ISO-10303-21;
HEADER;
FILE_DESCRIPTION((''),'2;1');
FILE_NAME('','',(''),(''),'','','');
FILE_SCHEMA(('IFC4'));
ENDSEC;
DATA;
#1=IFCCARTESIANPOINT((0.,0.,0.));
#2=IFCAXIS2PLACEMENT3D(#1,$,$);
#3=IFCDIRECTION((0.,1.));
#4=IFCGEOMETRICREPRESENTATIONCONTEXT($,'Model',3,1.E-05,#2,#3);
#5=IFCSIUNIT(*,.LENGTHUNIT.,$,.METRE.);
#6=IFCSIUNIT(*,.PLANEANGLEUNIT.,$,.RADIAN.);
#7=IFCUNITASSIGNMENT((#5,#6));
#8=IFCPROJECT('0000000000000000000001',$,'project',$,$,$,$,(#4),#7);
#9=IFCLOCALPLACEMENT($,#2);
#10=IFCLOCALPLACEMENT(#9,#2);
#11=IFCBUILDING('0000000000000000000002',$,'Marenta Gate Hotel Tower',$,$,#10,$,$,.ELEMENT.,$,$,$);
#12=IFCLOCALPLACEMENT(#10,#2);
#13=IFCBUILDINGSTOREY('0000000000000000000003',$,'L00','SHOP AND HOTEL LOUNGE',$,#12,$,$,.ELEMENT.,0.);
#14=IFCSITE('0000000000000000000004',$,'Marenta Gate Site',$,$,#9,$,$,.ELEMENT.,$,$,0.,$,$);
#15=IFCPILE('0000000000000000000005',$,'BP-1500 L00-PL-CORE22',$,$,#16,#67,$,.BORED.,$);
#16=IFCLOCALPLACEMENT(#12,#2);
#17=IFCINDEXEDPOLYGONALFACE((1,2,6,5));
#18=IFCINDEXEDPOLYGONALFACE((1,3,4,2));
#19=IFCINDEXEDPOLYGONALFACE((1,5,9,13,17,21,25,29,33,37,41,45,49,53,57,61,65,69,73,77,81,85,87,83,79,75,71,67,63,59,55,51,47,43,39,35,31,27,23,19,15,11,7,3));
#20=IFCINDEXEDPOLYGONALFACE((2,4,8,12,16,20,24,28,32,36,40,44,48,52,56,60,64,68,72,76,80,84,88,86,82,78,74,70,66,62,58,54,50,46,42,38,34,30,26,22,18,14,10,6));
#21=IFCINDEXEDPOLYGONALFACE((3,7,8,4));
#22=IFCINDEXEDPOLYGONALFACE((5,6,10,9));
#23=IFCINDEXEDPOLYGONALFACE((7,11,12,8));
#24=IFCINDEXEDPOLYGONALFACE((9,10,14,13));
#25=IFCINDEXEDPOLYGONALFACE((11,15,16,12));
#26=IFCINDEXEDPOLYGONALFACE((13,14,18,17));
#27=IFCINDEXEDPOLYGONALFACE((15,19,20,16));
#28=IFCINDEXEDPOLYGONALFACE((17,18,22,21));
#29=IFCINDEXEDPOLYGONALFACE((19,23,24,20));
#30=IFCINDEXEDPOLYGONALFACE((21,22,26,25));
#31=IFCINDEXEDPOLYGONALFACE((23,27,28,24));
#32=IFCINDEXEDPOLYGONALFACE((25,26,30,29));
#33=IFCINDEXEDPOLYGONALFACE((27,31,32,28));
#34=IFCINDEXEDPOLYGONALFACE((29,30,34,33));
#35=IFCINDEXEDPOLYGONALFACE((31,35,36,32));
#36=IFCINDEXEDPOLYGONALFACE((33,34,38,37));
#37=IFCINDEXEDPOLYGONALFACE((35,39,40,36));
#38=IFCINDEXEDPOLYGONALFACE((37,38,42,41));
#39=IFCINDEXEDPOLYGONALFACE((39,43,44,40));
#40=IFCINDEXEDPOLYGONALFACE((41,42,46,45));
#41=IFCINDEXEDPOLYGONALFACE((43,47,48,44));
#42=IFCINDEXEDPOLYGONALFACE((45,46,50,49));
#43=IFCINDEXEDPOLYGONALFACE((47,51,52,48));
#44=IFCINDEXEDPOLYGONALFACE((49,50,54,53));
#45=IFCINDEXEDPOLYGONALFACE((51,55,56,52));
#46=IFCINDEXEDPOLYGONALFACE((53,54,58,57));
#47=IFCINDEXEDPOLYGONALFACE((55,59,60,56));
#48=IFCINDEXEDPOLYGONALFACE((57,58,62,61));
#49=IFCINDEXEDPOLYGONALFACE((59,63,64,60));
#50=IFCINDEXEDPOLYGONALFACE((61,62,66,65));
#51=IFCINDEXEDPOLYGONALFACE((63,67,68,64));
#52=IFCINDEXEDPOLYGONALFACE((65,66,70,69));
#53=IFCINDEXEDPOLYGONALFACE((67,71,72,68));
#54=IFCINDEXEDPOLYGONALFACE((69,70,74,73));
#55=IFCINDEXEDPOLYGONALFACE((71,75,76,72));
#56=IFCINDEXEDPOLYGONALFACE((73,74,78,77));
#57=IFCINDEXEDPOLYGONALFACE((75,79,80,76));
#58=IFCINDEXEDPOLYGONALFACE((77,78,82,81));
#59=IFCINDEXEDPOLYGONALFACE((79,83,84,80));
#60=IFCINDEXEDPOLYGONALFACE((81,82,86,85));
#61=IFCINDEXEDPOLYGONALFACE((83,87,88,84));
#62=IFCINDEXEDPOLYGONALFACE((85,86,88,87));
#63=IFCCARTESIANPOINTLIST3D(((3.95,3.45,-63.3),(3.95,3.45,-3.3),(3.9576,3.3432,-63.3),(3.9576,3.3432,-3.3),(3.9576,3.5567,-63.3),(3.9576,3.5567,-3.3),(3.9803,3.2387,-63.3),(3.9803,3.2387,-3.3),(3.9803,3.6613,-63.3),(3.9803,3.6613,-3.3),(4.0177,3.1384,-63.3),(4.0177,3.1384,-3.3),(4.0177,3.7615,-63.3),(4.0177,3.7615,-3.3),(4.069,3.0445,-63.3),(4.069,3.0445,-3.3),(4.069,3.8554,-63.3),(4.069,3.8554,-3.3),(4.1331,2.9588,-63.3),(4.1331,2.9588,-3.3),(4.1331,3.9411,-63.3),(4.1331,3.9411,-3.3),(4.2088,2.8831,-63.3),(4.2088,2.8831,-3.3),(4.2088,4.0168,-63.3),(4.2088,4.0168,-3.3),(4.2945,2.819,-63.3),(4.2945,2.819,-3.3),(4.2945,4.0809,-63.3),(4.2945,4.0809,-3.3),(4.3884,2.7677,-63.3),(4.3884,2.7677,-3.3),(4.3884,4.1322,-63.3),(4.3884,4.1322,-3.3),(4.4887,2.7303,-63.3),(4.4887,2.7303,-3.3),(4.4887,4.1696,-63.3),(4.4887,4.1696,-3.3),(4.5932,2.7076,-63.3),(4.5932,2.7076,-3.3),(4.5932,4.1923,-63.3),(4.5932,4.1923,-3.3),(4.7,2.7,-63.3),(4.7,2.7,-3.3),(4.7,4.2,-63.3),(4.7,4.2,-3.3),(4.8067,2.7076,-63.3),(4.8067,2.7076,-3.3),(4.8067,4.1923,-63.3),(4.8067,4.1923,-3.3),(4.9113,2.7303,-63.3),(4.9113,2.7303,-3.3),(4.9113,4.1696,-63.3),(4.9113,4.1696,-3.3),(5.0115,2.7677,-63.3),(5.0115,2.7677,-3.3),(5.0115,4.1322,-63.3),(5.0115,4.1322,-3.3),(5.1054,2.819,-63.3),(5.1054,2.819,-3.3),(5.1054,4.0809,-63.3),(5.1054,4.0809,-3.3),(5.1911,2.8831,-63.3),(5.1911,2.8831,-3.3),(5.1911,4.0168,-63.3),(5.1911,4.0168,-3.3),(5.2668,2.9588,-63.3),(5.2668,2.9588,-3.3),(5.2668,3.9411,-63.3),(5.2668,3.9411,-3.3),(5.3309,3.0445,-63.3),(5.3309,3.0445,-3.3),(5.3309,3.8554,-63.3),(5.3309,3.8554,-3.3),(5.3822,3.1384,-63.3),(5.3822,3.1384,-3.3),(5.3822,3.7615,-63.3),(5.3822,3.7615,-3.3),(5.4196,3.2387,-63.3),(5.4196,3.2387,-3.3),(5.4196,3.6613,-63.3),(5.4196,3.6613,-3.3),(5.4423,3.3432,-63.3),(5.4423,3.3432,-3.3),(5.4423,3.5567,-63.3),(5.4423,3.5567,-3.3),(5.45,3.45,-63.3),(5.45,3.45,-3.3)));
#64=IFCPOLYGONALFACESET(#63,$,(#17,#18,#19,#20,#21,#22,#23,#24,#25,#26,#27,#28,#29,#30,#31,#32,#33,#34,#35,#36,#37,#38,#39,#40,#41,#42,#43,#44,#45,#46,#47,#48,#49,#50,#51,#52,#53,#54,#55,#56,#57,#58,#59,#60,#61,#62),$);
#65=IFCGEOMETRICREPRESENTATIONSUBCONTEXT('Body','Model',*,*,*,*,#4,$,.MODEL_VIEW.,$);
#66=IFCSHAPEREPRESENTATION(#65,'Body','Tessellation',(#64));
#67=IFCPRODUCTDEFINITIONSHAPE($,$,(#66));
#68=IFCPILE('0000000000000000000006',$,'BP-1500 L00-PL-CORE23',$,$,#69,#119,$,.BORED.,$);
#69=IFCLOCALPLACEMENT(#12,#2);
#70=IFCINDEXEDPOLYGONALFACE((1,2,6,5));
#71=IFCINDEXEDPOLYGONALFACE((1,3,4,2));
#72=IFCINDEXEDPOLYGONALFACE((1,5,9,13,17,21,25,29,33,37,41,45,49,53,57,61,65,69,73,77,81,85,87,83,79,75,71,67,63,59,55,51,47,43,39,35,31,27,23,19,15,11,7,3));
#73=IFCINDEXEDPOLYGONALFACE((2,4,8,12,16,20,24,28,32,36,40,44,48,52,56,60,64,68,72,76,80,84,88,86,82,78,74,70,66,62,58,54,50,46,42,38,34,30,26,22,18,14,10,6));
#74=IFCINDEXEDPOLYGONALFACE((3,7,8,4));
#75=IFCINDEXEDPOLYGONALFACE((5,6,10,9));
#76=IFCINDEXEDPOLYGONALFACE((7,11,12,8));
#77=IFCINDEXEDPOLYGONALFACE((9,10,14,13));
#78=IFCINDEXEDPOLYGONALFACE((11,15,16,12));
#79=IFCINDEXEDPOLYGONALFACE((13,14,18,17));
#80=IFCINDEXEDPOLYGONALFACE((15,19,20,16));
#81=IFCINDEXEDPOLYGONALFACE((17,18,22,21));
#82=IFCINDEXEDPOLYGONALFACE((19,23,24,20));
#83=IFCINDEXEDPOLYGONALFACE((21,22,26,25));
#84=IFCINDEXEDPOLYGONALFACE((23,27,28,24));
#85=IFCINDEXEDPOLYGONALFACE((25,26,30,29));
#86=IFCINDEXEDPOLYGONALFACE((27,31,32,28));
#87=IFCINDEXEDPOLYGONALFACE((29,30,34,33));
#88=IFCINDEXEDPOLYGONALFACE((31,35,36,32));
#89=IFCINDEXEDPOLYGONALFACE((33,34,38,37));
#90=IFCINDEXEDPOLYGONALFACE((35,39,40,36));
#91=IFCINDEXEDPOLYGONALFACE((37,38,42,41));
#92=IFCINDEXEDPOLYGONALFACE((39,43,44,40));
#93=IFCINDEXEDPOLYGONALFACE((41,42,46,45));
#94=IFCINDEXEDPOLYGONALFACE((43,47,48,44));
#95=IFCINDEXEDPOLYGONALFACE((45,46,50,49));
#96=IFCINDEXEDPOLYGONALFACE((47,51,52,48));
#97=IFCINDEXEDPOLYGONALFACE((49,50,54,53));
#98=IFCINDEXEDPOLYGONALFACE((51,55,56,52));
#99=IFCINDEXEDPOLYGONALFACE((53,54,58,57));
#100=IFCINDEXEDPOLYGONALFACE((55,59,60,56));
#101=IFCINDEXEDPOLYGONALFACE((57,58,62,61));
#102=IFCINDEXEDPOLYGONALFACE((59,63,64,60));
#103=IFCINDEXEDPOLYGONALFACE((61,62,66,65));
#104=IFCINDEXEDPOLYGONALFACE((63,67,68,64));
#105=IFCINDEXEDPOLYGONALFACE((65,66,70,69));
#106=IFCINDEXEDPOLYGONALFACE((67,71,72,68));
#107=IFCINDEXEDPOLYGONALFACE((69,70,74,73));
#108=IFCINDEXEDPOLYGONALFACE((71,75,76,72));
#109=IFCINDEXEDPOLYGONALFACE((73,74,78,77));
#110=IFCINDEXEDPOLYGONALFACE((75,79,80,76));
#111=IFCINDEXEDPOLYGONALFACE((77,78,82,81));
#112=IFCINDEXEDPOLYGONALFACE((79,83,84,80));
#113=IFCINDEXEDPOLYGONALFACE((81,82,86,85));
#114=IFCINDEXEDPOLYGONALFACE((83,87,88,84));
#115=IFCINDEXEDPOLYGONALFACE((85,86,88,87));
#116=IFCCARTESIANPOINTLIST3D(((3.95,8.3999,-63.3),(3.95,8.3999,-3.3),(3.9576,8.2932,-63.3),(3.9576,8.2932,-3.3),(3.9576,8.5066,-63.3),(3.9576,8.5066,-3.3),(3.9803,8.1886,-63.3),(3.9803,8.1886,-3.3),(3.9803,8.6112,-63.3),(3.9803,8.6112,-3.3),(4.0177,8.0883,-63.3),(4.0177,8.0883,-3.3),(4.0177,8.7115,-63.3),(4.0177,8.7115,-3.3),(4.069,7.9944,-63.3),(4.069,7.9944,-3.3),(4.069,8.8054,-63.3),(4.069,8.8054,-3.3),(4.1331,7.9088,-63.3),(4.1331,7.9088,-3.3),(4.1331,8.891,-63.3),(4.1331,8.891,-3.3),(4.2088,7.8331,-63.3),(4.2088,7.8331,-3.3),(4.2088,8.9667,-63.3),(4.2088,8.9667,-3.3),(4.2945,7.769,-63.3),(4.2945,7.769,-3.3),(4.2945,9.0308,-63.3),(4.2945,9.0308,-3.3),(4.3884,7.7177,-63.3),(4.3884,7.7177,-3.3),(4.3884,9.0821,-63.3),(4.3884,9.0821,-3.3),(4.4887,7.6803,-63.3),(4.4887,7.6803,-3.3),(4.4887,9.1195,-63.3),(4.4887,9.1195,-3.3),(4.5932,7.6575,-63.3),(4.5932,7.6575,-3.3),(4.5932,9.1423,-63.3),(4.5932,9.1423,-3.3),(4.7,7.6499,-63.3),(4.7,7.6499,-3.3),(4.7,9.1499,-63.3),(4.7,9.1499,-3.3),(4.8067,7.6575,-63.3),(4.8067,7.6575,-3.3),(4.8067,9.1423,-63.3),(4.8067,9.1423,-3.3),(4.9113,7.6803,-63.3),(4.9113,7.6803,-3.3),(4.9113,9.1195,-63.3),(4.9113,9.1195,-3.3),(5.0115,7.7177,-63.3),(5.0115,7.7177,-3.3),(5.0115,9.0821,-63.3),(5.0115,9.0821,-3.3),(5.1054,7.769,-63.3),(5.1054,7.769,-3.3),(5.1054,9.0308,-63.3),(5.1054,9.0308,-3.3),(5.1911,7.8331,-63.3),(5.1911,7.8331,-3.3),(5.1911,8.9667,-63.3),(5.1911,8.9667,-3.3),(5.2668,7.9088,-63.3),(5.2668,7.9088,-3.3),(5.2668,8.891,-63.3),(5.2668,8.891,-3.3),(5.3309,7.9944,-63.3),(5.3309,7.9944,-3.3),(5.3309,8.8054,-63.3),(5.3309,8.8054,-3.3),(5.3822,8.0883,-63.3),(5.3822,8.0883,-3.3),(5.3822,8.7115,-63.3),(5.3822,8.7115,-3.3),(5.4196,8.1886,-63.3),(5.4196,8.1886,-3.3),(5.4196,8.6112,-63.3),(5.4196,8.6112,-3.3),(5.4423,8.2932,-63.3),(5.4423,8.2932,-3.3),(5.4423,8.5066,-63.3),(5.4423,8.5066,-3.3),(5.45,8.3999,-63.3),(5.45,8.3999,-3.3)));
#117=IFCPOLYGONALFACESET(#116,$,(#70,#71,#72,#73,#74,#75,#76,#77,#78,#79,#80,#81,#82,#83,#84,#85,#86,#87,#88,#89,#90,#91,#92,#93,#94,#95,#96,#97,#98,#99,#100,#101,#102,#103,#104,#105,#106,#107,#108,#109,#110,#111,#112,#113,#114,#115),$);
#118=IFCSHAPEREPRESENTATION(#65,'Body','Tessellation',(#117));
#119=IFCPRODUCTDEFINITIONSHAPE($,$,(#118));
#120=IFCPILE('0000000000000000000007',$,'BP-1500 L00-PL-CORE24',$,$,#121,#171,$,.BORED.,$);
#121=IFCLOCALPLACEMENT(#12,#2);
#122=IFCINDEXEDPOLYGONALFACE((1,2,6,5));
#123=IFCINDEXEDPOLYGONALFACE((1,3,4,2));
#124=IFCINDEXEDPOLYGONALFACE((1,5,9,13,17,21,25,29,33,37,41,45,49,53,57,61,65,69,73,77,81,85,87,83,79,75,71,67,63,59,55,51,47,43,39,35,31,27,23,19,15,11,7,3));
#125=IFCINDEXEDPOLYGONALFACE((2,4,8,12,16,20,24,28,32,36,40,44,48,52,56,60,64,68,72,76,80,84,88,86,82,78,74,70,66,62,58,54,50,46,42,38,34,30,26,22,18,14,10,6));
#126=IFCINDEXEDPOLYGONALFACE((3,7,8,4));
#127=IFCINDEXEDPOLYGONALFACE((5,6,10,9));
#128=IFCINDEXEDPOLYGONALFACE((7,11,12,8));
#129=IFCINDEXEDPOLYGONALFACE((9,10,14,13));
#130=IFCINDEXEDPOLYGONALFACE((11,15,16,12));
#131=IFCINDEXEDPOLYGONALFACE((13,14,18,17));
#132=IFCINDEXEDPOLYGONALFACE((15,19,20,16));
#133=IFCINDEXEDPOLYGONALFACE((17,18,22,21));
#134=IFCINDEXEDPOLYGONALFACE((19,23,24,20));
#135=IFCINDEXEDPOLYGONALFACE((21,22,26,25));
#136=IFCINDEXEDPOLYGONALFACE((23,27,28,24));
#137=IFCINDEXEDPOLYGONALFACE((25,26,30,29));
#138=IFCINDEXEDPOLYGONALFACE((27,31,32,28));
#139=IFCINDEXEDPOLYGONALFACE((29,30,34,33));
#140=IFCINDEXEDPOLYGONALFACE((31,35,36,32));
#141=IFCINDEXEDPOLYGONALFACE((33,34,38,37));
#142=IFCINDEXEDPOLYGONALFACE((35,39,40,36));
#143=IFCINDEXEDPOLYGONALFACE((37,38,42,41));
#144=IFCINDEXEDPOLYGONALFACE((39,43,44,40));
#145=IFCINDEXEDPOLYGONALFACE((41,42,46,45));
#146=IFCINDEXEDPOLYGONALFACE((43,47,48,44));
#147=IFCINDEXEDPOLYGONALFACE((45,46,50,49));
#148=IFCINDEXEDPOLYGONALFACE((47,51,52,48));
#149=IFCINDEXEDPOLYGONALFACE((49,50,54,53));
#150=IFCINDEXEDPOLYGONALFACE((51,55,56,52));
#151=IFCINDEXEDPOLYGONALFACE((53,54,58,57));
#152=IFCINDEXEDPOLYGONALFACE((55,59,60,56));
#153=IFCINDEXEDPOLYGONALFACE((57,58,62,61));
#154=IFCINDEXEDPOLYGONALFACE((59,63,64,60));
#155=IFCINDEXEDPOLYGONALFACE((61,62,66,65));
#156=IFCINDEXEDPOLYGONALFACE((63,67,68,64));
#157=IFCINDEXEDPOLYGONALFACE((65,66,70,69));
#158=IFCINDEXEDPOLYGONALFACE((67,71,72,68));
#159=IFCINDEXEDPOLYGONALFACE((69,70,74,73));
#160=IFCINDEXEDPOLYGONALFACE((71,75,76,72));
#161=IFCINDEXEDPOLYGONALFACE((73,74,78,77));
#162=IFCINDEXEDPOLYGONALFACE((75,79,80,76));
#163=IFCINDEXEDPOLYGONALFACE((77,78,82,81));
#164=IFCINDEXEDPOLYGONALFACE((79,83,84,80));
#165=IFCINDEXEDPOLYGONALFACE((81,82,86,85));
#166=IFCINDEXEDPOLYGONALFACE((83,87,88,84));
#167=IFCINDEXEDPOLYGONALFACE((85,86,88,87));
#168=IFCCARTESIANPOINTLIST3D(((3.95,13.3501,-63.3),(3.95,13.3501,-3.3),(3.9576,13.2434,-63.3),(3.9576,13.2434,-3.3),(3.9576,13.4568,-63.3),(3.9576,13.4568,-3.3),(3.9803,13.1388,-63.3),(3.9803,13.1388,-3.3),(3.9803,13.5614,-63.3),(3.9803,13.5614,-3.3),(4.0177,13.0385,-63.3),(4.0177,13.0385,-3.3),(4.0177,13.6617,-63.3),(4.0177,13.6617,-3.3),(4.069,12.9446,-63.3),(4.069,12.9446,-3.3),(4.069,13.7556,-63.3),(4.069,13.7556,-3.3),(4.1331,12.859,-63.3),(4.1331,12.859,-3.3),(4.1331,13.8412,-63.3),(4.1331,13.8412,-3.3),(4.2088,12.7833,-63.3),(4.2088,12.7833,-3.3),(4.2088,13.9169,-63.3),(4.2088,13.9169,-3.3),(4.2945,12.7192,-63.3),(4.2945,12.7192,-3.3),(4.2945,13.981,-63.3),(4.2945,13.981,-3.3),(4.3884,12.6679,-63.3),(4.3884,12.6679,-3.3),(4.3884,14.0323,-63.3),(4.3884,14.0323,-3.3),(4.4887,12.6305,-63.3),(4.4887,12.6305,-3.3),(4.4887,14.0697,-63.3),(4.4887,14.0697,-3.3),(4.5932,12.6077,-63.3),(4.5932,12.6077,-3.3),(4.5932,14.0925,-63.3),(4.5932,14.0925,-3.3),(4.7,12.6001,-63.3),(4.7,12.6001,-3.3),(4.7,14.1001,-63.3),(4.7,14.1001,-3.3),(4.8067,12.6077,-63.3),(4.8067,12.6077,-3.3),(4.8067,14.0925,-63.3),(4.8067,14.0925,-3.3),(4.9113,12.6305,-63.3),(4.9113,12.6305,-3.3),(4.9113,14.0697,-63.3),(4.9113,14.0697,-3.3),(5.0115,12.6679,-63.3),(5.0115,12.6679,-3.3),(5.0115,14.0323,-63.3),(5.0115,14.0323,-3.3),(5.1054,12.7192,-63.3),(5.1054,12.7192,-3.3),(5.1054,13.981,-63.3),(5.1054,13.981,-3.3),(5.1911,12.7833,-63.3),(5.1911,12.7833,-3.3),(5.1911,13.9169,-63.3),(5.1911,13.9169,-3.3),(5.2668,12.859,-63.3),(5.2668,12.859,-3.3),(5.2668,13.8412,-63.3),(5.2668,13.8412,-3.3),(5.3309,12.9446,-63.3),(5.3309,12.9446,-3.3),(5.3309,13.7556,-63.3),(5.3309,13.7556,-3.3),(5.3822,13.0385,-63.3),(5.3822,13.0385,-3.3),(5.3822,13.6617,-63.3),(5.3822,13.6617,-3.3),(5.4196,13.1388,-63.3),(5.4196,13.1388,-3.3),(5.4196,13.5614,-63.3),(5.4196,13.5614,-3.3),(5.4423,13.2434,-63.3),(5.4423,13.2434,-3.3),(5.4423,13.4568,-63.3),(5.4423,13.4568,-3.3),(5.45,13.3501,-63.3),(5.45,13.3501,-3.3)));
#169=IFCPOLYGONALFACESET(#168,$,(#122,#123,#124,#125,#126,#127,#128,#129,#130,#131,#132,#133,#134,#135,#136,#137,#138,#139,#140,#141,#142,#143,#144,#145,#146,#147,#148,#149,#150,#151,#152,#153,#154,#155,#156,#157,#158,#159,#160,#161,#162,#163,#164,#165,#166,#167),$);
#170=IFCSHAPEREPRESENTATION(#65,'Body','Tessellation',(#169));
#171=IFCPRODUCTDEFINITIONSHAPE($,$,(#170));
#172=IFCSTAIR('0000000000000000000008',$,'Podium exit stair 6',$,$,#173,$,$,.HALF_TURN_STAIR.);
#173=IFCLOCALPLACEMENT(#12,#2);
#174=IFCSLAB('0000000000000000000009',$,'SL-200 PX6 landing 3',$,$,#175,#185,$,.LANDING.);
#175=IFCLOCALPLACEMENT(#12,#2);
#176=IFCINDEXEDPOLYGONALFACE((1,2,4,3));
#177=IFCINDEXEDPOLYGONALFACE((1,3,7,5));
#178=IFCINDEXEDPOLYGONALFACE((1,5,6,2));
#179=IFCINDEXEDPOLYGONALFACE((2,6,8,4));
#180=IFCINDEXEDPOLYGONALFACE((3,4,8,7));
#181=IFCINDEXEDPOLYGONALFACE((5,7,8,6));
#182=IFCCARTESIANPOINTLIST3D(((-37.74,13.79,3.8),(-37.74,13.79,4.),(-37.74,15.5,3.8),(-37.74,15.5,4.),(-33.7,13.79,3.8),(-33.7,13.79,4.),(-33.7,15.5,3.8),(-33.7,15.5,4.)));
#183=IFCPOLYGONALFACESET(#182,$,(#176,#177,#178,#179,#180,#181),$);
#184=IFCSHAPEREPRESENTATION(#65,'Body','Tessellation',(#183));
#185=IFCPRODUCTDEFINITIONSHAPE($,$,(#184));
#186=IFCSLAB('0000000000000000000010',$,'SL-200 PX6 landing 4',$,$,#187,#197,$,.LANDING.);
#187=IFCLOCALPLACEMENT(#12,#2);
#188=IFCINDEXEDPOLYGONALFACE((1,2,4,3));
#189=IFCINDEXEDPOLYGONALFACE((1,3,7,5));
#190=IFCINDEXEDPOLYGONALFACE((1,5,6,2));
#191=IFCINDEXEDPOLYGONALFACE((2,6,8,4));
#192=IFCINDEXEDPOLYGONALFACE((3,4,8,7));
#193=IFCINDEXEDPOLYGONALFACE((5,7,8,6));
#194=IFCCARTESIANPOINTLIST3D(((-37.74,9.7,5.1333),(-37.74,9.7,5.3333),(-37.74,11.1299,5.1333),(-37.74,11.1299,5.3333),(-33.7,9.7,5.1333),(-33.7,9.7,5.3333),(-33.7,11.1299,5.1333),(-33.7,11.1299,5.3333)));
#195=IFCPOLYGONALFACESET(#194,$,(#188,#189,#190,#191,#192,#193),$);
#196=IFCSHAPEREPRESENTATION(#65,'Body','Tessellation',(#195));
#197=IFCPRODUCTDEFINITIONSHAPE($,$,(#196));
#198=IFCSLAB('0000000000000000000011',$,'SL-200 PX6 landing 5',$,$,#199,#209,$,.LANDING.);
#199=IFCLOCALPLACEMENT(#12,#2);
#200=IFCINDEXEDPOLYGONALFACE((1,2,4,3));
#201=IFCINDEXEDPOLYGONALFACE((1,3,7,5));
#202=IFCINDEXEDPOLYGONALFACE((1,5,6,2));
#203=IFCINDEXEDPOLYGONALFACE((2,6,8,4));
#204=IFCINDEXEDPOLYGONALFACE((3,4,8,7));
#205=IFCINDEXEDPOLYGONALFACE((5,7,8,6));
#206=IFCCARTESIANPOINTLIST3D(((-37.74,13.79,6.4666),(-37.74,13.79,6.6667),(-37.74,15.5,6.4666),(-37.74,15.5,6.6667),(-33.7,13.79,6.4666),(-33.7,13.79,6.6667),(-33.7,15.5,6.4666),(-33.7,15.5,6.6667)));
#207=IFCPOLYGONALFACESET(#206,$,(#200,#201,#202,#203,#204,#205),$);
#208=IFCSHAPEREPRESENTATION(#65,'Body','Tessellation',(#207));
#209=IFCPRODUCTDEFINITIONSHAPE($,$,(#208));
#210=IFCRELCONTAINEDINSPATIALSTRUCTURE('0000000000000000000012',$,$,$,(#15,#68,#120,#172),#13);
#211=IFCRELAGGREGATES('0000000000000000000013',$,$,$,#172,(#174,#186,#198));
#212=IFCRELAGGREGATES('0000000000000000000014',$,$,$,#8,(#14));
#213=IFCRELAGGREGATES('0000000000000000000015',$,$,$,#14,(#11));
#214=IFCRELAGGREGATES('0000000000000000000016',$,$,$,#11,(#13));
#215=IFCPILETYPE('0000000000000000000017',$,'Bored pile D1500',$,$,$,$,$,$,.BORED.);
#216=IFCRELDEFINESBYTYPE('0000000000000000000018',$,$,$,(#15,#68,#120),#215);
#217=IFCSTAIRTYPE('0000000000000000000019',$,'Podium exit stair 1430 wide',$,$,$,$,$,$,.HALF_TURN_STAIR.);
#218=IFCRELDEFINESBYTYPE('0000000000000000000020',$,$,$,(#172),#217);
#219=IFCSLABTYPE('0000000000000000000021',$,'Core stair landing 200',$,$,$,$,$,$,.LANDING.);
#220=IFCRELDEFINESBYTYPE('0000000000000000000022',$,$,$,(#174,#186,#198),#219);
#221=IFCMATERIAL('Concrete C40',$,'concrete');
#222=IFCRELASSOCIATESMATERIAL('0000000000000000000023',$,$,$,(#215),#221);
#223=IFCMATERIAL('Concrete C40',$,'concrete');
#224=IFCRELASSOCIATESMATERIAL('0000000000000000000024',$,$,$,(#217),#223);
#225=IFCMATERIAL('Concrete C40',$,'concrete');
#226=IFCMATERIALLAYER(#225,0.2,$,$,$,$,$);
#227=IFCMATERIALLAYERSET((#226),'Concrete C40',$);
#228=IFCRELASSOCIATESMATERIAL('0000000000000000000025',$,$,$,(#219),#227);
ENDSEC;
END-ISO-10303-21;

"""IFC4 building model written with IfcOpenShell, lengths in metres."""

from ifc_helpers import new_model, si_unit, direction, frame, origin, origin_2d, place, context, subcontext, project, spatial, polyline, circle, outline, extrude, material, layer, layer_set, type_object, element, aggregate, save


model = new_model("IFC4")

# Units and contexts
model_context = context("Model", 3, precision=1e-05, world=origin(), true_north=direction((0.0, 1.0)))
body_context = subcontext(model_context, "Body", "Model", "MODEL_VIEW")
ifc_project = project(units=[si_unit("LENGTHUNIT", "METRE"), si_unit("PLANEANGLEUNIT", "RADIAN")], contexts=[model_context])

# Site, building, storey
site_placement = place(None, origin())
site = spatial("IfcSite", under=ifc_project, at=site_placement, Name="Marenta Gate Site", CompositionType="ELEMENT", RefElevation=0.0)
building_placement = place(site_placement, origin())
building = spatial("IfcBuilding", under=site, at=building_placement, Name="Marenta Gate Hotel Tower", CompositionType="ELEMENT")
storey_placement = place(building_placement, origin())
storey = spatial("IfcBuildingStorey", under=building, at=storey_placement, Name="L00", Description="SHOP AND HOTEL LOUNGE", CompositionType="ELEMENT", Elevation=0.0)

# Piles
ifc_material_1 = material(Name="Concrete C40", Category="concrete")
pile_type = type_object("IfcPileType", Name="Bored pile D1500", PredefinedType="BORED", material=ifc_material_1)
for number, where, z_axis, x_axis, name in (
    (1, (4.7, 3.45, -3.3), (0.0, 0.0, -1.0), (1.0, 0.0, 0.0), "BP-1500 L00-PL-CORE22"),
    (2, (4.7, 8.3999, -3.3), (0.0, 0.0, -1.0), (1.0, 0.0, 0.0), "BP-1500 L00-PL-CORE23"),
    (3, (4.7, 13.3501, -3.3), (0.0, 0.0, -1.0), (1.0, 0.0, 0.0), "BP-1500 L00-PL-CORE24"),
):
    element("IfcPile", number, at=place(storey_placement, frame(where, z_axis=z_axis, x_axis=x_axis)), inside=storey, type_object=pile_type, Name=name, PredefinedType="BORED", context=body_context, shape_type="SweptSolid", body=[
        extrude(circle(Radius=0.75, at=origin_2d()), origin(), (0.0, 0.0, 1.0), 60.0),
    ])

# Stair, slabs
ifc_material_2 = material(Name="Concrete C40", Category="concrete")
stair_type_1 = type_object("IfcStairType", Name="Podium exit stair 1430 wide", PredefinedType="HALF_TURN_STAIR", material=ifc_material_2)
stair_1_placement = place(storey_placement, origin())
stair_1 = element("IfcStair", 4, at=stair_1_placement, inside=storey, type_object=stair_type_1, Name="Podium exit stair 6", PredefinedType="HALF_TURN_STAIR")
ifc_material_3 = material(Name="Concrete C40", Category="concrete")
ifc_layer_1 = layer(ifc_material_3, 0.2)
ifc_layer_set_1 = layer_set([ifc_layer_1], Name="Concrete C40")
slab_type = type_object("IfcSlabType", Name="Core stair landing 200", PredefinedType="LANDING", material=ifc_layer_set_1)
slab_1_placement = place(storey_placement, frame((0.0, 0.0, 3.8)))
slab_1 = element("IfcSlab", 5, at=slab_1_placement, type_object=slab_type, Name="SL-200 PX6 landing 3", PredefinedType="LANDING", context=body_context, shape_type="SweptSolid", body=[
    extrude(outline(polyline([(-37.74, 13.79), (-33.7, 13.79), (-33.7, 15.5), (-37.74, 15.5), (-37.74, 13.79)])), origin(), (0.0, 0.0, 1.0), 0.2),
])
slab_2_placement = place(storey_placement, frame((0.0, 0.0, 5.1333)))
slab_2 = element("IfcSlab", 6, at=slab_2_placement, type_object=slab_type, Name="SL-200 PX6 landing 4", PredefinedType="LANDING", context=body_context, shape_type="SweptSolid", body=[
    extrude(outline(polyline([(-37.74, 9.7), (-33.7, 9.7), (-33.7, 11.1299), (-37.74, 11.1299), (-37.74, 9.7)])), origin(), (0.0, 0.0, 1.0), 0.2),
])
slab_3_placement = place(storey_placement, frame((0.0, 0.0, 6.4666)))
slab_3 = element("IfcSlab", 7, at=slab_3_placement, type_object=slab_type, Name="SL-200 PX6 landing 5", PredefinedType="LANDING", context=body_context, shape_type="SweptSolid", body=[
    extrude(outline(polyline([(-37.74, 13.79), (-33.7, 13.79), (-33.7, 15.5), (-37.74, 15.5), (-37.74, 13.79)])), origin(), (0.0, 0.0, 1.0), 0.2002),
])
aggregate(stair_1, [slab_1, slab_2, slab_3])

save(model, "model.ifc")
